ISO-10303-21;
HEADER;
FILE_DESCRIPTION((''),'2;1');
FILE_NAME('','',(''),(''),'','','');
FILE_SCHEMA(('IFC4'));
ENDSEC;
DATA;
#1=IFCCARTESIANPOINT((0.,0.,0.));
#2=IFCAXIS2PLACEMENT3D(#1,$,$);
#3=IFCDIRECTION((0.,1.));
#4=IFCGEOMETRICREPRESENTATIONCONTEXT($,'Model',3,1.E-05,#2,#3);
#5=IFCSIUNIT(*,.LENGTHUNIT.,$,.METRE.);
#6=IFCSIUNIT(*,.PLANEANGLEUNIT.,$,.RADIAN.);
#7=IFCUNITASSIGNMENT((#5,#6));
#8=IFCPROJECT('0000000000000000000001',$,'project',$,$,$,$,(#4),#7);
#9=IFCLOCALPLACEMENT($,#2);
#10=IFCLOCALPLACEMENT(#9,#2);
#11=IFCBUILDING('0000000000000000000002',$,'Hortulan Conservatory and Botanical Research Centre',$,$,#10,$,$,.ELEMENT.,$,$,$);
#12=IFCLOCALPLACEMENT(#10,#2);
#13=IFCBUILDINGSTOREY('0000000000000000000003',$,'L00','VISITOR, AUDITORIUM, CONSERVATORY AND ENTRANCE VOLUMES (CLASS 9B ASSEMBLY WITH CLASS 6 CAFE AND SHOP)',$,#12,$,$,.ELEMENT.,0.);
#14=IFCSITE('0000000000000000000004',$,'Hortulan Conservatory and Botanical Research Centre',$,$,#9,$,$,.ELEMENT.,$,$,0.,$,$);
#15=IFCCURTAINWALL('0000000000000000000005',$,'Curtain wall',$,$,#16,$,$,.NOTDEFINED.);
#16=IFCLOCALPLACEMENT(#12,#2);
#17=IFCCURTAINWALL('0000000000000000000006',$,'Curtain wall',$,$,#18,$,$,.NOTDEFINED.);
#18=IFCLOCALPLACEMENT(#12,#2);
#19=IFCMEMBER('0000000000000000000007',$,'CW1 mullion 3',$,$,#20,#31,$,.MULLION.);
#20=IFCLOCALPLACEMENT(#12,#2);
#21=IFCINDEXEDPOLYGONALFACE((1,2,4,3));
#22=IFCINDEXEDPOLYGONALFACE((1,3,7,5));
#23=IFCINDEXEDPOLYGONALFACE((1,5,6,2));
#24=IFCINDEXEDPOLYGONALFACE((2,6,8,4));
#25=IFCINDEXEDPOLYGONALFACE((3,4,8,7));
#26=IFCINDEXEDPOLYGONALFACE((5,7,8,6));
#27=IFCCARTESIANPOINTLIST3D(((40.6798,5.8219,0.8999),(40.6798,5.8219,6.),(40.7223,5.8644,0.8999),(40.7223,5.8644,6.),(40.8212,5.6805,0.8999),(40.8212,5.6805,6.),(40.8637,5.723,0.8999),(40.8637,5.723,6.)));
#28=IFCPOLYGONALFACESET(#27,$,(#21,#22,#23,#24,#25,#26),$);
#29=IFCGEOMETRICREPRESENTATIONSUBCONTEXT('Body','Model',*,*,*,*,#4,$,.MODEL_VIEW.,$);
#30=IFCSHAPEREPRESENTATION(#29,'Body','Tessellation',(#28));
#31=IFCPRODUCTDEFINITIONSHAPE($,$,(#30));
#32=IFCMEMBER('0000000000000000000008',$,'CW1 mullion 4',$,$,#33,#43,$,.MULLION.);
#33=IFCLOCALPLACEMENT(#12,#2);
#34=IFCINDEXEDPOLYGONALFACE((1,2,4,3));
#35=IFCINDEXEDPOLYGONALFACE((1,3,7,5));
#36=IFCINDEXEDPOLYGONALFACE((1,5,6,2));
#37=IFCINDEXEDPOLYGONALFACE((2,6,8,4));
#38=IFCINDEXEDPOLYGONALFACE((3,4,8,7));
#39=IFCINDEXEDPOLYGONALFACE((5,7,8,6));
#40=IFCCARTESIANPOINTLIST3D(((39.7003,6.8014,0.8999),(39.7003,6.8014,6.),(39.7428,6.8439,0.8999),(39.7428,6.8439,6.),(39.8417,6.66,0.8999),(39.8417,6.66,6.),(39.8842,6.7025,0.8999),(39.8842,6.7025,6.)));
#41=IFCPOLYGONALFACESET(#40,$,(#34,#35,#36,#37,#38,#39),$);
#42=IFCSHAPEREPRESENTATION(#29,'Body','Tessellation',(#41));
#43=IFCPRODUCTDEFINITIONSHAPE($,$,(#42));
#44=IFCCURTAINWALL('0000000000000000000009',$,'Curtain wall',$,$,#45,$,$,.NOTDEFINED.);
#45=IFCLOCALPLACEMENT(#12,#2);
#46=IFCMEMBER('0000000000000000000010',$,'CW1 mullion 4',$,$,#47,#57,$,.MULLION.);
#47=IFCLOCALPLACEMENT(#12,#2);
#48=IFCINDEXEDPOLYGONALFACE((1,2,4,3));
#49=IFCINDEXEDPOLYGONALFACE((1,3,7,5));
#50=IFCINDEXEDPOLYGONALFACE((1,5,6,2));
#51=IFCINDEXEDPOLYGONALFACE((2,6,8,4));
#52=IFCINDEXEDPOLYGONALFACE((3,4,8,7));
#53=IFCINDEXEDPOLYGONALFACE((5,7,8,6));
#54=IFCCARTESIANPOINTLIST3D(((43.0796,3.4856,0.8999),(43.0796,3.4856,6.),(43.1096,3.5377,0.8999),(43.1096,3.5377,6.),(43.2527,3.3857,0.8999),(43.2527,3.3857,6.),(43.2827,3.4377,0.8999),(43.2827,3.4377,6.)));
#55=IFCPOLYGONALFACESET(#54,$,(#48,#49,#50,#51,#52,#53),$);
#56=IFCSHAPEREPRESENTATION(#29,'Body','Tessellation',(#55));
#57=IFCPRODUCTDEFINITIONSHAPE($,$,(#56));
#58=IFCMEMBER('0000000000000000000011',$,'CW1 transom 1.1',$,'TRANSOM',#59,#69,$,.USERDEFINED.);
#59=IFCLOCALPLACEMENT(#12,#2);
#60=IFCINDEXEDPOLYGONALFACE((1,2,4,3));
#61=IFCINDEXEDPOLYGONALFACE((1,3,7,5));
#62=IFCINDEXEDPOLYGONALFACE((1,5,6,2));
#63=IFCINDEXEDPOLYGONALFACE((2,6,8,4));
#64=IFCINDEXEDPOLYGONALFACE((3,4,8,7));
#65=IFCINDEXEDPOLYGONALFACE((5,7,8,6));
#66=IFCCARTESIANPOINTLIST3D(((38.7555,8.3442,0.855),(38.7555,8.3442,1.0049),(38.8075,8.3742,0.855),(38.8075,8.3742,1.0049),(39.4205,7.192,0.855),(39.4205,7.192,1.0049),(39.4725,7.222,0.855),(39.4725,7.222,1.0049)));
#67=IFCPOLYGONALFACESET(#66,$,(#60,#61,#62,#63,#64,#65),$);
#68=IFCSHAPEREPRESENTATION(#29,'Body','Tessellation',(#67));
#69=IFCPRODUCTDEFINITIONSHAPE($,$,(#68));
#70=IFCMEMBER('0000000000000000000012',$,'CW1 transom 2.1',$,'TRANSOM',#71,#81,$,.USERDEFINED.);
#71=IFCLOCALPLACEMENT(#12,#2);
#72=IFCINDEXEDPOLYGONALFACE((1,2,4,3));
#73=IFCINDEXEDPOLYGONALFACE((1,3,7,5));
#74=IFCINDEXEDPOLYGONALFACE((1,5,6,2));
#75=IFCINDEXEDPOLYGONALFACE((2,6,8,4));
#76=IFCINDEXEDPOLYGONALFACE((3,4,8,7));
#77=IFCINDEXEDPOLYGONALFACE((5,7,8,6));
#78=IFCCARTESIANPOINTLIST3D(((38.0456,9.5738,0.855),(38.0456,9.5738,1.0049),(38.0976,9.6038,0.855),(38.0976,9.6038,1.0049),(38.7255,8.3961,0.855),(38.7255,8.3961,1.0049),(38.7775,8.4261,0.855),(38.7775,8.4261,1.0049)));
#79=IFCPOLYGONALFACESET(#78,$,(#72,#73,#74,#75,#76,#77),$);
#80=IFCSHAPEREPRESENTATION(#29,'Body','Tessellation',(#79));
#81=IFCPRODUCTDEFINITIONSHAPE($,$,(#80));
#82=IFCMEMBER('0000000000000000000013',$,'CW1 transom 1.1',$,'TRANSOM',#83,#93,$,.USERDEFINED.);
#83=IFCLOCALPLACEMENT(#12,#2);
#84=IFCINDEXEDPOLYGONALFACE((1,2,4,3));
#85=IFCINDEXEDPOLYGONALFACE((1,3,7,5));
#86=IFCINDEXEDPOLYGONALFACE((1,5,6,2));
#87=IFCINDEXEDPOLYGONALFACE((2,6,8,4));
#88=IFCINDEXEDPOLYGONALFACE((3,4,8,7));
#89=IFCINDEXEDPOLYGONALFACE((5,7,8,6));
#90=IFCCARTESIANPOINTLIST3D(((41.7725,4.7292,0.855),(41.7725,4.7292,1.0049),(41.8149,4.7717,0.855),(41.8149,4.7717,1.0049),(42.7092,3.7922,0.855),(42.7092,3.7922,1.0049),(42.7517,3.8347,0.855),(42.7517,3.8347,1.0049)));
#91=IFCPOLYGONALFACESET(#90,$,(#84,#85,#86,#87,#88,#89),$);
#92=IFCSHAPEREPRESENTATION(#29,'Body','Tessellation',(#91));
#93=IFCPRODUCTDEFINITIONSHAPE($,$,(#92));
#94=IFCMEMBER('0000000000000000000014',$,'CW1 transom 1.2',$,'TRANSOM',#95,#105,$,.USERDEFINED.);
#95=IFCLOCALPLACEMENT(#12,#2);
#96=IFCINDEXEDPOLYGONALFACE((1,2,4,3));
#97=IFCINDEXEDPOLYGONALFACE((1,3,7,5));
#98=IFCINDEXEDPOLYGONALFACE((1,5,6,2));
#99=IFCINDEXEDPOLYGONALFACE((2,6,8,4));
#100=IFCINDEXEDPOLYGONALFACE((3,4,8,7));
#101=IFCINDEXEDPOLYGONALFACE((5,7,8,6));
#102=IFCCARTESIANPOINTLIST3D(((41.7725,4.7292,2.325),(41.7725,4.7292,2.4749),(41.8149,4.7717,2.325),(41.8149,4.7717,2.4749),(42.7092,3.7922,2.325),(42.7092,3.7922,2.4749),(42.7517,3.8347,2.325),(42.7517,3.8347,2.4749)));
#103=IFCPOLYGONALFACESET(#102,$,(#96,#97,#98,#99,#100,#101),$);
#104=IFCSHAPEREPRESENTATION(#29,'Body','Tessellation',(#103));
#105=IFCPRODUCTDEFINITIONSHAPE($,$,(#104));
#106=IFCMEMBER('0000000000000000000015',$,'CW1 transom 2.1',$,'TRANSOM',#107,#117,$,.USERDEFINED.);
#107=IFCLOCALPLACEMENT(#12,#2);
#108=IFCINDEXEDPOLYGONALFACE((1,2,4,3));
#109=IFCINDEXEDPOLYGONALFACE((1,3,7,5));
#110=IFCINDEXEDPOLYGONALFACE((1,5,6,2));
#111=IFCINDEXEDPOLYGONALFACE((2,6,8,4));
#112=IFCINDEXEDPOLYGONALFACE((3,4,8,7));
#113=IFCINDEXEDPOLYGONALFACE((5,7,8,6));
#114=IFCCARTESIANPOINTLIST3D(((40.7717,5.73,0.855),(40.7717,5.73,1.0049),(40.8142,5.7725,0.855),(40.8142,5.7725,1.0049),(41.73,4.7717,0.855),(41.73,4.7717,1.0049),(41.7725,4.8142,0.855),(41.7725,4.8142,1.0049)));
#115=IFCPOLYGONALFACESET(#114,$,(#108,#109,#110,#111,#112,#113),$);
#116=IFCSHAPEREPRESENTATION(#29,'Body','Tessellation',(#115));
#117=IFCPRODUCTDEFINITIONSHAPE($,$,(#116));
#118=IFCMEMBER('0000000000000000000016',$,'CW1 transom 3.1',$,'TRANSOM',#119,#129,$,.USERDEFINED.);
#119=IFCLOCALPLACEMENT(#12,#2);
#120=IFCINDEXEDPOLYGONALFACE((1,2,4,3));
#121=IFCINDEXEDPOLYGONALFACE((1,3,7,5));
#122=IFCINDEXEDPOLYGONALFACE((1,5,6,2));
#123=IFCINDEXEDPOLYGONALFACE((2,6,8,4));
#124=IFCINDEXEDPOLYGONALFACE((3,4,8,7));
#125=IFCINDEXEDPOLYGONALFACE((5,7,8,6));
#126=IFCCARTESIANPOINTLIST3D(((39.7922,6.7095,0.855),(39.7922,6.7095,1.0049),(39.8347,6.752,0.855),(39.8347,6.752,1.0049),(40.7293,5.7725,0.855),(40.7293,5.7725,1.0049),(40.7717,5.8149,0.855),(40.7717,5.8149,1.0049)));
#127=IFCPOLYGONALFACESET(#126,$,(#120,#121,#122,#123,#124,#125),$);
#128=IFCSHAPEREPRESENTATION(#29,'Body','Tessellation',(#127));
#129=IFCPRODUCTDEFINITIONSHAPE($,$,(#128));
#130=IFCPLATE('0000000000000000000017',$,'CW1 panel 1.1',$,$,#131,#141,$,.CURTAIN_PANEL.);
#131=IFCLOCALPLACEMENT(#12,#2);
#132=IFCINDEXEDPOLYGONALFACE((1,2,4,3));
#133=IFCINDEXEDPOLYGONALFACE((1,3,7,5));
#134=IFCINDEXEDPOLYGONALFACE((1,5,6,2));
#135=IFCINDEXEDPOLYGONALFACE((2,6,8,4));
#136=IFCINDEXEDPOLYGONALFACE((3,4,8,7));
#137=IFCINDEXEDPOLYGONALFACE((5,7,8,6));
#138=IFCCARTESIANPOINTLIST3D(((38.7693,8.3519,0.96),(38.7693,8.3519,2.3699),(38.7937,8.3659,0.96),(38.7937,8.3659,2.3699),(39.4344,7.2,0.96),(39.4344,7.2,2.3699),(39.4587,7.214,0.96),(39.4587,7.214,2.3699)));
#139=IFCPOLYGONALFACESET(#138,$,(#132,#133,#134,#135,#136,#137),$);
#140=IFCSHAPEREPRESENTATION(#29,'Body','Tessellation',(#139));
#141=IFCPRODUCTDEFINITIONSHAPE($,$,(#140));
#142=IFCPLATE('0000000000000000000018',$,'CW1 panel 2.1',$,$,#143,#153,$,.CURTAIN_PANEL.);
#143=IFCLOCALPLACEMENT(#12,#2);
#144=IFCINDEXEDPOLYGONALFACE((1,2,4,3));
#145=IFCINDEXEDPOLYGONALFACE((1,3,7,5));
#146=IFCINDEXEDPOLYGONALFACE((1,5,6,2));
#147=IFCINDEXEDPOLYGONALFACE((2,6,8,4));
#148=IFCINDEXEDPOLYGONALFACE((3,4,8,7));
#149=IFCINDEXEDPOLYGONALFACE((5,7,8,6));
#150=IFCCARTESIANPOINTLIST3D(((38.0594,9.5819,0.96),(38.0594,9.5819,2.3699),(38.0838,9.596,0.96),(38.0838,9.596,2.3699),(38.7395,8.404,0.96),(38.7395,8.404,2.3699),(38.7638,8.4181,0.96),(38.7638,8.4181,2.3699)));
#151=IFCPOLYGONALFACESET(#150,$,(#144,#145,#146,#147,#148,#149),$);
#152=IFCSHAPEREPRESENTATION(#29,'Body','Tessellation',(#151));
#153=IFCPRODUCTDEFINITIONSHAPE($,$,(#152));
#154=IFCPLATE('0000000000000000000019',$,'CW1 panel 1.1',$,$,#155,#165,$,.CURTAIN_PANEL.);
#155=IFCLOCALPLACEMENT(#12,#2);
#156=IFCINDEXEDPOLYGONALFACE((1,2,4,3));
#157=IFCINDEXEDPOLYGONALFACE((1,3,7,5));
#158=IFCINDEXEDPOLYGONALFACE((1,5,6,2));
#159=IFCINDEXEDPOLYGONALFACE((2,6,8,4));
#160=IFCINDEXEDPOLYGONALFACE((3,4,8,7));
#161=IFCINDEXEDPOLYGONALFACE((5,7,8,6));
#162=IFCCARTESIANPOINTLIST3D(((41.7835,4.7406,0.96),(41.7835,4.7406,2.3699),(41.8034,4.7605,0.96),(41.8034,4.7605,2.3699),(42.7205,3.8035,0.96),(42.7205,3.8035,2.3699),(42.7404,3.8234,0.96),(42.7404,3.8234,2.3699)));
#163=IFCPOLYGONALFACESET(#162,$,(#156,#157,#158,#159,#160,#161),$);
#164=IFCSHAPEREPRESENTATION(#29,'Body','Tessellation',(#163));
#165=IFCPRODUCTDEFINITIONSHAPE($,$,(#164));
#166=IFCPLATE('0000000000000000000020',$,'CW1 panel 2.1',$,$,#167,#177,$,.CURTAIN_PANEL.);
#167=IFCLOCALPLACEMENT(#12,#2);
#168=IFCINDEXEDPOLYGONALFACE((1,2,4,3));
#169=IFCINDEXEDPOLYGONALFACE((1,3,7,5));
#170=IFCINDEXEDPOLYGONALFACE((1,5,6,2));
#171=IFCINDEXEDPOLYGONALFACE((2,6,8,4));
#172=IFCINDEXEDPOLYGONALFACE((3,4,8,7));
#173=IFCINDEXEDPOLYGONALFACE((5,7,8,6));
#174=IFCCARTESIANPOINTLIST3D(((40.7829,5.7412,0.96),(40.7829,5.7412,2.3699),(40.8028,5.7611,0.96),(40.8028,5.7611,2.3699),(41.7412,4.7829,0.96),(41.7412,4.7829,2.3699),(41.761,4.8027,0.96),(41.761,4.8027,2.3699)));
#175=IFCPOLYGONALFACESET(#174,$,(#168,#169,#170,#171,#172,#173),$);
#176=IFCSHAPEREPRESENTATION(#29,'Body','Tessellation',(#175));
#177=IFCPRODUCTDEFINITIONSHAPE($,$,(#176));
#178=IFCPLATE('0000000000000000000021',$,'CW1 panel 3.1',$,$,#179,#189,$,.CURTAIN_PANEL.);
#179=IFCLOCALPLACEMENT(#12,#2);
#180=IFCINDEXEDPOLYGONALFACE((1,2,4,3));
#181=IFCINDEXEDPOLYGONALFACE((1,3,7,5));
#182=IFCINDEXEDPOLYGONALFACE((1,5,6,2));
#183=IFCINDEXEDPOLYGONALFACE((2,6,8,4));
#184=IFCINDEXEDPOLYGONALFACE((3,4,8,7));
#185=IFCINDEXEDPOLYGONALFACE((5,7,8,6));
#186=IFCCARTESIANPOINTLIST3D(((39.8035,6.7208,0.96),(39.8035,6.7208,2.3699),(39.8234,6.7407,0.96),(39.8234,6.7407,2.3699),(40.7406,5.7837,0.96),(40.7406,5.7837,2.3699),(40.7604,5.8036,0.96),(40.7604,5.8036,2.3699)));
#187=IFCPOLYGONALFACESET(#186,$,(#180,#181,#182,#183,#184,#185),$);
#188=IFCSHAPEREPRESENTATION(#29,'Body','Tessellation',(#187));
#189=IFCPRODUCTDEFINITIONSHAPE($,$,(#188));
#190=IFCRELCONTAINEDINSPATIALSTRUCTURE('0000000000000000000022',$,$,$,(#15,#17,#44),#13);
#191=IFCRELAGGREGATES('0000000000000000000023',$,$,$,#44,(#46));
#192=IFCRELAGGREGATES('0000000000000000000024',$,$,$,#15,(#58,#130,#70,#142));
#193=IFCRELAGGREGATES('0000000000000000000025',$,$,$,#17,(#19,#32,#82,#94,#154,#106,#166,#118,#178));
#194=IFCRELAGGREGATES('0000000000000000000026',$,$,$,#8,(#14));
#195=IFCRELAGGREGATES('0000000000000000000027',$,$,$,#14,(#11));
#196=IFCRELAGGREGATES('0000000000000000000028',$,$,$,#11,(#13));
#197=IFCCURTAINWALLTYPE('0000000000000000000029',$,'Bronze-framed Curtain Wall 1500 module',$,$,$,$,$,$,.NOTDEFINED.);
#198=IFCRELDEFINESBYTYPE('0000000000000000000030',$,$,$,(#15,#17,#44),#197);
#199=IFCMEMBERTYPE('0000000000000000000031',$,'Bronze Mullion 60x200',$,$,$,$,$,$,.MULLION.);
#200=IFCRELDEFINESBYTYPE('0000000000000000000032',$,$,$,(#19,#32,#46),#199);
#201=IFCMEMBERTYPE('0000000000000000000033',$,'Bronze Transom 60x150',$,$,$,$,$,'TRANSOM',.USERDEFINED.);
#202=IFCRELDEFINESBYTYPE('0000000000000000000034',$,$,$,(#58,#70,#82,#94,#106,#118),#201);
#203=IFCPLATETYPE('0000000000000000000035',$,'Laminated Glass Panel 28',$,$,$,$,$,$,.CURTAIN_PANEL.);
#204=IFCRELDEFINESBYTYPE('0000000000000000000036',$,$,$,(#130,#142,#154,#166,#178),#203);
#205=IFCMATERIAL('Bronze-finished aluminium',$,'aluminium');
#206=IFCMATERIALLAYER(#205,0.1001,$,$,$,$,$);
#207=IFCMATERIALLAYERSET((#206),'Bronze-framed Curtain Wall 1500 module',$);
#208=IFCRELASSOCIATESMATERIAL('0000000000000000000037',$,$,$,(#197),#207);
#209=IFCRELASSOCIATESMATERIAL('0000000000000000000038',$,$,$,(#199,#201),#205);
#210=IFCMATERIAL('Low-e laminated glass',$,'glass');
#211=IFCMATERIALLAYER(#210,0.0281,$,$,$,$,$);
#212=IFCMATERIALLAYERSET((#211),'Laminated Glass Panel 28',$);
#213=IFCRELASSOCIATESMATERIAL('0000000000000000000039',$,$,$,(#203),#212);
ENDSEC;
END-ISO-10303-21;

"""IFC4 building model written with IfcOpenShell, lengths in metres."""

from ifc_helpers import new_model, si_unit, direction, frame, origin, origin_2d, place, context, subcontext, project, spatial, rectangle, extrude, material, layer, layer_set, material_profile, profile_set, type_object, element, aggregate, save


model = new_model("IFC4")

# Units and contexts
model_context = context("Model", 3, precision=1e-05, world=origin(), true_north=direction((0.0, 1.0)))
body_context = subcontext(model_context, "Body", "Model", "MODEL_VIEW")
ifc_project = project(units=[si_unit("LENGTHUNIT", "METRE"), si_unit("PLANEANGLEUNIT", "RADIAN")], contexts=[model_context])

# Site, building, storey
site_placement = place(None, origin())
site = spatial("IfcSite", under=ifc_project, at=site_placement, Name="Hortulan Conservatory and Botanical Research Centre", CompositionType="ELEMENT", RefElevation=0.0)
building_placement = place(site_placement, origin())
building = spatial("IfcBuilding", under=site, at=building_placement, Name="Hortulan Conservatory and Botanical Research Centre", CompositionType="ELEMENT")
storey_placement = place(building_placement, origin())
storey = spatial("IfcBuildingStorey", under=building, at=storey_placement, Name="L00", Description="VISITOR, AUDITORIUM, CONSERVATORY AND ENTRANCE VOLUMES (CLASS 9B ASSEMBLY WITH CLASS 6 CAFE AND SHOP)", CompositionType="ELEMENT", Elevation=0.0)

# Curtain walls, members
ifc_material_1 = material(Name="Bronze-finished aluminium", Category="aluminium")
ifc_layer_1 = layer(ifc_material_1, 0.1001)
ifc_layer_set_1 = layer_set([ifc_layer_1], Name="Bronze-framed Curtain Wall 1500 module")
curtain_wall_type = type_object("IfcCurtainWallType", Name="Bronze-framed Curtain Wall 1500 module", PredefinedType="NOTDEFINED", material=ifc_layer_set_1)
curtain_wall_1_placement = place(storey_placement, origin())
curtain_wall_1 = element("IfcCurtainWall", 1, at=curtain_wall_1_placement, inside=storey, type_object=curtain_wall_type, Name="Curtain wall", PredefinedType="NOTDEFINED")
ifc_material_profile_1 = material_profile(ifc_material_1, rectangle(XDim=0.0601, YDim=0.2, at=origin_2d()), Name="Bronze Mullion 60x200")
ifc_profile_set_1 = profile_set([ifc_material_profile_1], Name="Bronze-finished aluminium")
member_type_1 = type_object("IfcMemberType", Name="Bronze Mullion 60x200", PredefinedType="MULLION", material=ifc_profile_set_1)
curtain_wall_2_placement = place(storey_placement, origin())
curtain_wall_2 = element("IfcCurtainWall", 2, at=curtain_wall_2_placement, inside=storey, type_object=curtain_wall_type, Name="Curtain wall", PredefinedType="NOTDEFINED")
member_1_placement = place(storey_placement, frame((40.7717, 5.7725, 0.8999), z_axis=(0.0, 0.0, 1.0), x_axis=(-0.70713, -0.707083, 0.0)))
member_1 = element("IfcMember", 3, at=member_1_placement, type_object=member_type_1, Name="CW1 mullion 3", PredefinedType="MULLION", context=body_context, shape_type="SweptSolid", body=[
    extrude(rectangle(XDim=0.0601, YDim=0.2, at=origin_2d()), origin(), (0.0, 0.0, 1.0), 5.1001),
])
member_2_placement = place(storey_placement, frame((39.7922, 6.752, 0.8999), z_axis=(0.0, 0.0, 1.0), x_axis=(-0.70713, -0.707083, 0.0)))
member_2 = element("IfcMember", 4, at=member_2_placement, type_object=member_type_1, Name="CW1 mullion 4", PredefinedType="MULLION", context=body_context, shape_type="SweptSolid", body=[
    extrude(rectangle(XDim=0.0601, YDim=0.2, at=origin_2d()), origin(), (0.0, 0.0, 1.0), 5.1001),
])

# Curtain wall, member
curtain_wall_3_placement = place(storey_placement, origin())
curtain_wall_3 = element("IfcCurtainWall", 5, at=curtain_wall_3_placement, inside=storey, type_object=curtain_wall_type, Name="Curtain wall", PredefinedType="NOTDEFINED")
member_3_placement = place(storey_placement, frame((43.1812, 3.4617, 0.8999), z_axis=(0.0, 0.0, 1.0), x_axis=(-0.499981, -0.866036, 0.0)))
member_3 = element("IfcMember", 6, at=member_3_placement, type_object=member_type_1, Name="CW1 mullion 4", PredefinedType="MULLION", context=body_context, shape_type="SweptSolid", body=[
    extrude(rectangle(XDim=0.0601, YDim=0.2, at=origin_2d()), origin(), (0.0, 0.0, 1.0), 5.1001),
])
aggregate(curtain_wall_3, [member_3])

# Members
ifc_material_profile_2 = material_profile(ifc_material_1, rectangle(XDim=0.0601, YDim=0.1499, at=origin_2d()), Name="Bronze Transom 60x150")
ifc_profile_set_2 = profile_set([ifc_material_profile_2], Name="Bronze-finished aluminium")
member_type_2 = type_object("IfcMemberType", Name="Bronze Transom 60x150", ElementType="TRANSOM", PredefinedType="USERDEFINED", material=ifc_profile_set_2)
member_4_placement = place(storey_placement, frame((39.4465, 7.207, 0.9299), z_axis=(-0.499929, 0.866066, 0.0), x_axis=(-0.866066, -0.499929, 0.0)))
member_4 = element("IfcMember", 7, at=member_4_placement, type_object=member_type_2, Name="CW1 transom 1.1", ObjectType="TRANSOM", PredefinedType="USERDEFINED", context=body_context, shape_type="SweptSolid", body=[
    extrude(rectangle(XDim=0.0601, YDim=0.1499, at=origin_2d()), origin(), (0.0, 0.0, 1.0), 1.3303),
])
member_5_placement = place(storey_placement, frame((38.7515, 8.4111, 0.9299), z_axis=(-0.499981, 0.866036, 0.0), x_axis=(-0.866036, -0.499981, 0.0)))
member_5 = element("IfcMember", 8, at=member_5_placement, type_object=member_type_2, Name="CW1 transom 2.1", ObjectType="TRANSOM", PredefinedType="USERDEFINED", context=body_context, shape_type="SweptSolid", body=[
    extrude(rectangle(XDim=0.0601, YDim=0.1499, at=origin_2d()), origin(), (0.0, 0.0, 1.0), 1.3599),
])
member_6_placement = place(storey_placement, frame((42.7305, 3.8135, 0.9299), z_axis=(-0.707015, 0.707199, 0.0), x_axis=(-0.707199, -0.707015, 0.0)))
member_6 = element("IfcMember", 9, at=member_6_placement, type_object=member_type_2, Name="CW1 transom 1.1", ObjectType="TRANSOM", PredefinedType="USERDEFINED", context=body_context, shape_type="SweptSolid", body=[
    extrude(rectangle(XDim=0.0601, YDim=0.1499, at=origin_2d()), origin(), (0.0, 0.0, 1.0), 1.325),
])
member_7_placement = place(storey_placement, frame((42.7305, 3.8135, 2.3999), z_axis=(-0.707015, 0.707199, 0.0), x_axis=(-0.707199, -0.707015, 0.0)))
member_7 = element("IfcMember", 10, at=member_7_placement, type_object=member_type_2, Name="CW1 transom 1.2", ObjectType="TRANSOM", PredefinedType="USERDEFINED", context=body_context, shape_type="SweptSolid", body=[
    extrude(rectangle(XDim=0.0601, YDim=0.1499, at=origin_2d()), origin(), (0.0, 0.0, 1.0), 1.325),
])
member_8_placement = place(storey_placement, frame((41.7512, 4.793, 0.9299), z_axis=(-0.707107, 0.707107, 0.0), x_axis=(-0.707107, -0.707107, 0.0)))
member_8 = element("IfcMember", 11, at=member_8_placement, type_object=member_type_2, Name="CW1 transom 2.1", ObjectType="TRANSOM", PredefinedType="USERDEFINED", context=body_context, shape_type="SweptSolid", body=[
    extrude(rectangle(XDim=0.0601, YDim=0.1499, at=origin_2d()), origin(), (0.0, 0.0, 1.0), 1.3552),
])
member_9_placement = place(storey_placement, frame((40.7505, 5.7937, 0.9299), z_axis=(-0.707107, 0.707107, 0.0), x_axis=(-0.707107, -0.707107, 0.0)))
member_9 = element("IfcMember", 12, at=member_9_placement, type_object=member_type_2, Name="CW1 transom 3.1", ObjectType="TRANSOM", PredefinedType="USERDEFINED", context=body_context, shape_type="SweptSolid", body=[
    extrude(rectangle(XDim=0.0601, YDim=0.1499, at=origin_2d()), origin(), (0.0, 0.0, 1.0), 1.3252),
])

# Plates
ifc_material_2 = material(Name="Low-e laminated glass", Category="glass")
ifc_layer_2 = layer(ifc_material_2, 0.0281)
ifc_layer_set_2 = layer_set([ifc_layer_2], Name="Laminated Glass Panel 28")
plate_type = type_object("IfcPlateType", Name="Laminated Glass Panel 28", PredefinedType="CURTAIN_PANEL", material=ifc_layer_set_2)
plate_1_placement = place(storey_placement, frame((39.114, 7.783, 0.96), z_axis=(0.0, 0.0, 1.0), x_axis=(-0.499981, 0.866036, 0.0)))
plate_1 = element("IfcPlate", 13, at=plate_1_placement, type_object=plate_type, Name="CW1 panel 1.1", PredefinedType="CURTAIN_PANEL", context=body_context, shape_type="SweptSolid", body=[
    extrude(rectangle(XDim=1.3301, YDim=0.0281, at=origin_2d()), origin(), (0.0, 0.0, 1.0), 1.4099),
])
plate_2_placement = place(storey_placement, frame((38.4116, 9.0, 0.96), z_axis=(0.0, 0.0, 1.0), x_axis=(-0.499981, 0.866036, 0.0)))
plate_2 = element("IfcPlate", 14, at=plate_2_placement, type_object=plate_type, Name="CW1 panel 2.1", PredefinedType="CURTAIN_PANEL", context=body_context, shape_type="SweptSolid", body=[
    extrude(rectangle(XDim=1.3601, YDim=0.0281, at=origin_2d()), origin(), (0.0, 0.0, 1.0), 1.4099),
])
aggregate(curtain_wall_1, [member_4, plate_1, member_5, plate_2])
plate_3_placement = place(storey_placement, frame((42.262, 4.282, 0.96), z_axis=(0.0, 0.0, 1.0), x_axis=(-0.707083, 0.70713, 0.0)))
plate_3 = element("IfcPlate", 15, at=plate_3_placement, type_object=plate_type, Name="CW1 panel 1.1", PredefinedType="CURTAIN_PANEL", context=body_context, shape_type="SweptSolid", body=[
    extrude(rectangle(XDim=1.3252, YDim=0.0281, at=origin_2d()), origin(), (0.0, 0.0, 1.0), 1.4099),
])
plate_4_placement = place(storey_placement, frame((41.272, 5.272, 0.96), z_axis=(0.0, 0.0, 1.0), x_axis=(-0.707083, 0.70713, 0.0)))
plate_4 = element("IfcPlate", 16, at=plate_4_placement, type_object=plate_type, Name="CW1 panel 2.1", PredefinedType="CURTAIN_PANEL", context=body_context, shape_type="SweptSolid", body=[
    extrude(rectangle(XDim=1.3552, YDim=0.0281, at=origin_2d()), origin(), (0.0, 0.0, 1.0), 1.4099),
])
plate_5_placement = place(storey_placement, frame((40.282, 6.2622, 0.96), z_axis=(0.0, 0.0, 1.0), x_axis=(-0.707083, 0.70713, 0.0)))
plate_5 = element("IfcPlate", 17, at=plate_5_placement, type_object=plate_type, Name="CW1 panel 3.1", PredefinedType="CURTAIN_PANEL", context=body_context, shape_type="SweptSolid", body=[
    extrude(rectangle(XDim=1.3252, YDim=0.0281, at=origin_2d()), origin(), (0.0, 0.0, 1.0), 1.4099),
])
aggregate(curtain_wall_2, [member_1, member_2, member_6, member_7, plate_3, member_8, plate_4, member_9, plate_5])

save(model, "model.ifc")
